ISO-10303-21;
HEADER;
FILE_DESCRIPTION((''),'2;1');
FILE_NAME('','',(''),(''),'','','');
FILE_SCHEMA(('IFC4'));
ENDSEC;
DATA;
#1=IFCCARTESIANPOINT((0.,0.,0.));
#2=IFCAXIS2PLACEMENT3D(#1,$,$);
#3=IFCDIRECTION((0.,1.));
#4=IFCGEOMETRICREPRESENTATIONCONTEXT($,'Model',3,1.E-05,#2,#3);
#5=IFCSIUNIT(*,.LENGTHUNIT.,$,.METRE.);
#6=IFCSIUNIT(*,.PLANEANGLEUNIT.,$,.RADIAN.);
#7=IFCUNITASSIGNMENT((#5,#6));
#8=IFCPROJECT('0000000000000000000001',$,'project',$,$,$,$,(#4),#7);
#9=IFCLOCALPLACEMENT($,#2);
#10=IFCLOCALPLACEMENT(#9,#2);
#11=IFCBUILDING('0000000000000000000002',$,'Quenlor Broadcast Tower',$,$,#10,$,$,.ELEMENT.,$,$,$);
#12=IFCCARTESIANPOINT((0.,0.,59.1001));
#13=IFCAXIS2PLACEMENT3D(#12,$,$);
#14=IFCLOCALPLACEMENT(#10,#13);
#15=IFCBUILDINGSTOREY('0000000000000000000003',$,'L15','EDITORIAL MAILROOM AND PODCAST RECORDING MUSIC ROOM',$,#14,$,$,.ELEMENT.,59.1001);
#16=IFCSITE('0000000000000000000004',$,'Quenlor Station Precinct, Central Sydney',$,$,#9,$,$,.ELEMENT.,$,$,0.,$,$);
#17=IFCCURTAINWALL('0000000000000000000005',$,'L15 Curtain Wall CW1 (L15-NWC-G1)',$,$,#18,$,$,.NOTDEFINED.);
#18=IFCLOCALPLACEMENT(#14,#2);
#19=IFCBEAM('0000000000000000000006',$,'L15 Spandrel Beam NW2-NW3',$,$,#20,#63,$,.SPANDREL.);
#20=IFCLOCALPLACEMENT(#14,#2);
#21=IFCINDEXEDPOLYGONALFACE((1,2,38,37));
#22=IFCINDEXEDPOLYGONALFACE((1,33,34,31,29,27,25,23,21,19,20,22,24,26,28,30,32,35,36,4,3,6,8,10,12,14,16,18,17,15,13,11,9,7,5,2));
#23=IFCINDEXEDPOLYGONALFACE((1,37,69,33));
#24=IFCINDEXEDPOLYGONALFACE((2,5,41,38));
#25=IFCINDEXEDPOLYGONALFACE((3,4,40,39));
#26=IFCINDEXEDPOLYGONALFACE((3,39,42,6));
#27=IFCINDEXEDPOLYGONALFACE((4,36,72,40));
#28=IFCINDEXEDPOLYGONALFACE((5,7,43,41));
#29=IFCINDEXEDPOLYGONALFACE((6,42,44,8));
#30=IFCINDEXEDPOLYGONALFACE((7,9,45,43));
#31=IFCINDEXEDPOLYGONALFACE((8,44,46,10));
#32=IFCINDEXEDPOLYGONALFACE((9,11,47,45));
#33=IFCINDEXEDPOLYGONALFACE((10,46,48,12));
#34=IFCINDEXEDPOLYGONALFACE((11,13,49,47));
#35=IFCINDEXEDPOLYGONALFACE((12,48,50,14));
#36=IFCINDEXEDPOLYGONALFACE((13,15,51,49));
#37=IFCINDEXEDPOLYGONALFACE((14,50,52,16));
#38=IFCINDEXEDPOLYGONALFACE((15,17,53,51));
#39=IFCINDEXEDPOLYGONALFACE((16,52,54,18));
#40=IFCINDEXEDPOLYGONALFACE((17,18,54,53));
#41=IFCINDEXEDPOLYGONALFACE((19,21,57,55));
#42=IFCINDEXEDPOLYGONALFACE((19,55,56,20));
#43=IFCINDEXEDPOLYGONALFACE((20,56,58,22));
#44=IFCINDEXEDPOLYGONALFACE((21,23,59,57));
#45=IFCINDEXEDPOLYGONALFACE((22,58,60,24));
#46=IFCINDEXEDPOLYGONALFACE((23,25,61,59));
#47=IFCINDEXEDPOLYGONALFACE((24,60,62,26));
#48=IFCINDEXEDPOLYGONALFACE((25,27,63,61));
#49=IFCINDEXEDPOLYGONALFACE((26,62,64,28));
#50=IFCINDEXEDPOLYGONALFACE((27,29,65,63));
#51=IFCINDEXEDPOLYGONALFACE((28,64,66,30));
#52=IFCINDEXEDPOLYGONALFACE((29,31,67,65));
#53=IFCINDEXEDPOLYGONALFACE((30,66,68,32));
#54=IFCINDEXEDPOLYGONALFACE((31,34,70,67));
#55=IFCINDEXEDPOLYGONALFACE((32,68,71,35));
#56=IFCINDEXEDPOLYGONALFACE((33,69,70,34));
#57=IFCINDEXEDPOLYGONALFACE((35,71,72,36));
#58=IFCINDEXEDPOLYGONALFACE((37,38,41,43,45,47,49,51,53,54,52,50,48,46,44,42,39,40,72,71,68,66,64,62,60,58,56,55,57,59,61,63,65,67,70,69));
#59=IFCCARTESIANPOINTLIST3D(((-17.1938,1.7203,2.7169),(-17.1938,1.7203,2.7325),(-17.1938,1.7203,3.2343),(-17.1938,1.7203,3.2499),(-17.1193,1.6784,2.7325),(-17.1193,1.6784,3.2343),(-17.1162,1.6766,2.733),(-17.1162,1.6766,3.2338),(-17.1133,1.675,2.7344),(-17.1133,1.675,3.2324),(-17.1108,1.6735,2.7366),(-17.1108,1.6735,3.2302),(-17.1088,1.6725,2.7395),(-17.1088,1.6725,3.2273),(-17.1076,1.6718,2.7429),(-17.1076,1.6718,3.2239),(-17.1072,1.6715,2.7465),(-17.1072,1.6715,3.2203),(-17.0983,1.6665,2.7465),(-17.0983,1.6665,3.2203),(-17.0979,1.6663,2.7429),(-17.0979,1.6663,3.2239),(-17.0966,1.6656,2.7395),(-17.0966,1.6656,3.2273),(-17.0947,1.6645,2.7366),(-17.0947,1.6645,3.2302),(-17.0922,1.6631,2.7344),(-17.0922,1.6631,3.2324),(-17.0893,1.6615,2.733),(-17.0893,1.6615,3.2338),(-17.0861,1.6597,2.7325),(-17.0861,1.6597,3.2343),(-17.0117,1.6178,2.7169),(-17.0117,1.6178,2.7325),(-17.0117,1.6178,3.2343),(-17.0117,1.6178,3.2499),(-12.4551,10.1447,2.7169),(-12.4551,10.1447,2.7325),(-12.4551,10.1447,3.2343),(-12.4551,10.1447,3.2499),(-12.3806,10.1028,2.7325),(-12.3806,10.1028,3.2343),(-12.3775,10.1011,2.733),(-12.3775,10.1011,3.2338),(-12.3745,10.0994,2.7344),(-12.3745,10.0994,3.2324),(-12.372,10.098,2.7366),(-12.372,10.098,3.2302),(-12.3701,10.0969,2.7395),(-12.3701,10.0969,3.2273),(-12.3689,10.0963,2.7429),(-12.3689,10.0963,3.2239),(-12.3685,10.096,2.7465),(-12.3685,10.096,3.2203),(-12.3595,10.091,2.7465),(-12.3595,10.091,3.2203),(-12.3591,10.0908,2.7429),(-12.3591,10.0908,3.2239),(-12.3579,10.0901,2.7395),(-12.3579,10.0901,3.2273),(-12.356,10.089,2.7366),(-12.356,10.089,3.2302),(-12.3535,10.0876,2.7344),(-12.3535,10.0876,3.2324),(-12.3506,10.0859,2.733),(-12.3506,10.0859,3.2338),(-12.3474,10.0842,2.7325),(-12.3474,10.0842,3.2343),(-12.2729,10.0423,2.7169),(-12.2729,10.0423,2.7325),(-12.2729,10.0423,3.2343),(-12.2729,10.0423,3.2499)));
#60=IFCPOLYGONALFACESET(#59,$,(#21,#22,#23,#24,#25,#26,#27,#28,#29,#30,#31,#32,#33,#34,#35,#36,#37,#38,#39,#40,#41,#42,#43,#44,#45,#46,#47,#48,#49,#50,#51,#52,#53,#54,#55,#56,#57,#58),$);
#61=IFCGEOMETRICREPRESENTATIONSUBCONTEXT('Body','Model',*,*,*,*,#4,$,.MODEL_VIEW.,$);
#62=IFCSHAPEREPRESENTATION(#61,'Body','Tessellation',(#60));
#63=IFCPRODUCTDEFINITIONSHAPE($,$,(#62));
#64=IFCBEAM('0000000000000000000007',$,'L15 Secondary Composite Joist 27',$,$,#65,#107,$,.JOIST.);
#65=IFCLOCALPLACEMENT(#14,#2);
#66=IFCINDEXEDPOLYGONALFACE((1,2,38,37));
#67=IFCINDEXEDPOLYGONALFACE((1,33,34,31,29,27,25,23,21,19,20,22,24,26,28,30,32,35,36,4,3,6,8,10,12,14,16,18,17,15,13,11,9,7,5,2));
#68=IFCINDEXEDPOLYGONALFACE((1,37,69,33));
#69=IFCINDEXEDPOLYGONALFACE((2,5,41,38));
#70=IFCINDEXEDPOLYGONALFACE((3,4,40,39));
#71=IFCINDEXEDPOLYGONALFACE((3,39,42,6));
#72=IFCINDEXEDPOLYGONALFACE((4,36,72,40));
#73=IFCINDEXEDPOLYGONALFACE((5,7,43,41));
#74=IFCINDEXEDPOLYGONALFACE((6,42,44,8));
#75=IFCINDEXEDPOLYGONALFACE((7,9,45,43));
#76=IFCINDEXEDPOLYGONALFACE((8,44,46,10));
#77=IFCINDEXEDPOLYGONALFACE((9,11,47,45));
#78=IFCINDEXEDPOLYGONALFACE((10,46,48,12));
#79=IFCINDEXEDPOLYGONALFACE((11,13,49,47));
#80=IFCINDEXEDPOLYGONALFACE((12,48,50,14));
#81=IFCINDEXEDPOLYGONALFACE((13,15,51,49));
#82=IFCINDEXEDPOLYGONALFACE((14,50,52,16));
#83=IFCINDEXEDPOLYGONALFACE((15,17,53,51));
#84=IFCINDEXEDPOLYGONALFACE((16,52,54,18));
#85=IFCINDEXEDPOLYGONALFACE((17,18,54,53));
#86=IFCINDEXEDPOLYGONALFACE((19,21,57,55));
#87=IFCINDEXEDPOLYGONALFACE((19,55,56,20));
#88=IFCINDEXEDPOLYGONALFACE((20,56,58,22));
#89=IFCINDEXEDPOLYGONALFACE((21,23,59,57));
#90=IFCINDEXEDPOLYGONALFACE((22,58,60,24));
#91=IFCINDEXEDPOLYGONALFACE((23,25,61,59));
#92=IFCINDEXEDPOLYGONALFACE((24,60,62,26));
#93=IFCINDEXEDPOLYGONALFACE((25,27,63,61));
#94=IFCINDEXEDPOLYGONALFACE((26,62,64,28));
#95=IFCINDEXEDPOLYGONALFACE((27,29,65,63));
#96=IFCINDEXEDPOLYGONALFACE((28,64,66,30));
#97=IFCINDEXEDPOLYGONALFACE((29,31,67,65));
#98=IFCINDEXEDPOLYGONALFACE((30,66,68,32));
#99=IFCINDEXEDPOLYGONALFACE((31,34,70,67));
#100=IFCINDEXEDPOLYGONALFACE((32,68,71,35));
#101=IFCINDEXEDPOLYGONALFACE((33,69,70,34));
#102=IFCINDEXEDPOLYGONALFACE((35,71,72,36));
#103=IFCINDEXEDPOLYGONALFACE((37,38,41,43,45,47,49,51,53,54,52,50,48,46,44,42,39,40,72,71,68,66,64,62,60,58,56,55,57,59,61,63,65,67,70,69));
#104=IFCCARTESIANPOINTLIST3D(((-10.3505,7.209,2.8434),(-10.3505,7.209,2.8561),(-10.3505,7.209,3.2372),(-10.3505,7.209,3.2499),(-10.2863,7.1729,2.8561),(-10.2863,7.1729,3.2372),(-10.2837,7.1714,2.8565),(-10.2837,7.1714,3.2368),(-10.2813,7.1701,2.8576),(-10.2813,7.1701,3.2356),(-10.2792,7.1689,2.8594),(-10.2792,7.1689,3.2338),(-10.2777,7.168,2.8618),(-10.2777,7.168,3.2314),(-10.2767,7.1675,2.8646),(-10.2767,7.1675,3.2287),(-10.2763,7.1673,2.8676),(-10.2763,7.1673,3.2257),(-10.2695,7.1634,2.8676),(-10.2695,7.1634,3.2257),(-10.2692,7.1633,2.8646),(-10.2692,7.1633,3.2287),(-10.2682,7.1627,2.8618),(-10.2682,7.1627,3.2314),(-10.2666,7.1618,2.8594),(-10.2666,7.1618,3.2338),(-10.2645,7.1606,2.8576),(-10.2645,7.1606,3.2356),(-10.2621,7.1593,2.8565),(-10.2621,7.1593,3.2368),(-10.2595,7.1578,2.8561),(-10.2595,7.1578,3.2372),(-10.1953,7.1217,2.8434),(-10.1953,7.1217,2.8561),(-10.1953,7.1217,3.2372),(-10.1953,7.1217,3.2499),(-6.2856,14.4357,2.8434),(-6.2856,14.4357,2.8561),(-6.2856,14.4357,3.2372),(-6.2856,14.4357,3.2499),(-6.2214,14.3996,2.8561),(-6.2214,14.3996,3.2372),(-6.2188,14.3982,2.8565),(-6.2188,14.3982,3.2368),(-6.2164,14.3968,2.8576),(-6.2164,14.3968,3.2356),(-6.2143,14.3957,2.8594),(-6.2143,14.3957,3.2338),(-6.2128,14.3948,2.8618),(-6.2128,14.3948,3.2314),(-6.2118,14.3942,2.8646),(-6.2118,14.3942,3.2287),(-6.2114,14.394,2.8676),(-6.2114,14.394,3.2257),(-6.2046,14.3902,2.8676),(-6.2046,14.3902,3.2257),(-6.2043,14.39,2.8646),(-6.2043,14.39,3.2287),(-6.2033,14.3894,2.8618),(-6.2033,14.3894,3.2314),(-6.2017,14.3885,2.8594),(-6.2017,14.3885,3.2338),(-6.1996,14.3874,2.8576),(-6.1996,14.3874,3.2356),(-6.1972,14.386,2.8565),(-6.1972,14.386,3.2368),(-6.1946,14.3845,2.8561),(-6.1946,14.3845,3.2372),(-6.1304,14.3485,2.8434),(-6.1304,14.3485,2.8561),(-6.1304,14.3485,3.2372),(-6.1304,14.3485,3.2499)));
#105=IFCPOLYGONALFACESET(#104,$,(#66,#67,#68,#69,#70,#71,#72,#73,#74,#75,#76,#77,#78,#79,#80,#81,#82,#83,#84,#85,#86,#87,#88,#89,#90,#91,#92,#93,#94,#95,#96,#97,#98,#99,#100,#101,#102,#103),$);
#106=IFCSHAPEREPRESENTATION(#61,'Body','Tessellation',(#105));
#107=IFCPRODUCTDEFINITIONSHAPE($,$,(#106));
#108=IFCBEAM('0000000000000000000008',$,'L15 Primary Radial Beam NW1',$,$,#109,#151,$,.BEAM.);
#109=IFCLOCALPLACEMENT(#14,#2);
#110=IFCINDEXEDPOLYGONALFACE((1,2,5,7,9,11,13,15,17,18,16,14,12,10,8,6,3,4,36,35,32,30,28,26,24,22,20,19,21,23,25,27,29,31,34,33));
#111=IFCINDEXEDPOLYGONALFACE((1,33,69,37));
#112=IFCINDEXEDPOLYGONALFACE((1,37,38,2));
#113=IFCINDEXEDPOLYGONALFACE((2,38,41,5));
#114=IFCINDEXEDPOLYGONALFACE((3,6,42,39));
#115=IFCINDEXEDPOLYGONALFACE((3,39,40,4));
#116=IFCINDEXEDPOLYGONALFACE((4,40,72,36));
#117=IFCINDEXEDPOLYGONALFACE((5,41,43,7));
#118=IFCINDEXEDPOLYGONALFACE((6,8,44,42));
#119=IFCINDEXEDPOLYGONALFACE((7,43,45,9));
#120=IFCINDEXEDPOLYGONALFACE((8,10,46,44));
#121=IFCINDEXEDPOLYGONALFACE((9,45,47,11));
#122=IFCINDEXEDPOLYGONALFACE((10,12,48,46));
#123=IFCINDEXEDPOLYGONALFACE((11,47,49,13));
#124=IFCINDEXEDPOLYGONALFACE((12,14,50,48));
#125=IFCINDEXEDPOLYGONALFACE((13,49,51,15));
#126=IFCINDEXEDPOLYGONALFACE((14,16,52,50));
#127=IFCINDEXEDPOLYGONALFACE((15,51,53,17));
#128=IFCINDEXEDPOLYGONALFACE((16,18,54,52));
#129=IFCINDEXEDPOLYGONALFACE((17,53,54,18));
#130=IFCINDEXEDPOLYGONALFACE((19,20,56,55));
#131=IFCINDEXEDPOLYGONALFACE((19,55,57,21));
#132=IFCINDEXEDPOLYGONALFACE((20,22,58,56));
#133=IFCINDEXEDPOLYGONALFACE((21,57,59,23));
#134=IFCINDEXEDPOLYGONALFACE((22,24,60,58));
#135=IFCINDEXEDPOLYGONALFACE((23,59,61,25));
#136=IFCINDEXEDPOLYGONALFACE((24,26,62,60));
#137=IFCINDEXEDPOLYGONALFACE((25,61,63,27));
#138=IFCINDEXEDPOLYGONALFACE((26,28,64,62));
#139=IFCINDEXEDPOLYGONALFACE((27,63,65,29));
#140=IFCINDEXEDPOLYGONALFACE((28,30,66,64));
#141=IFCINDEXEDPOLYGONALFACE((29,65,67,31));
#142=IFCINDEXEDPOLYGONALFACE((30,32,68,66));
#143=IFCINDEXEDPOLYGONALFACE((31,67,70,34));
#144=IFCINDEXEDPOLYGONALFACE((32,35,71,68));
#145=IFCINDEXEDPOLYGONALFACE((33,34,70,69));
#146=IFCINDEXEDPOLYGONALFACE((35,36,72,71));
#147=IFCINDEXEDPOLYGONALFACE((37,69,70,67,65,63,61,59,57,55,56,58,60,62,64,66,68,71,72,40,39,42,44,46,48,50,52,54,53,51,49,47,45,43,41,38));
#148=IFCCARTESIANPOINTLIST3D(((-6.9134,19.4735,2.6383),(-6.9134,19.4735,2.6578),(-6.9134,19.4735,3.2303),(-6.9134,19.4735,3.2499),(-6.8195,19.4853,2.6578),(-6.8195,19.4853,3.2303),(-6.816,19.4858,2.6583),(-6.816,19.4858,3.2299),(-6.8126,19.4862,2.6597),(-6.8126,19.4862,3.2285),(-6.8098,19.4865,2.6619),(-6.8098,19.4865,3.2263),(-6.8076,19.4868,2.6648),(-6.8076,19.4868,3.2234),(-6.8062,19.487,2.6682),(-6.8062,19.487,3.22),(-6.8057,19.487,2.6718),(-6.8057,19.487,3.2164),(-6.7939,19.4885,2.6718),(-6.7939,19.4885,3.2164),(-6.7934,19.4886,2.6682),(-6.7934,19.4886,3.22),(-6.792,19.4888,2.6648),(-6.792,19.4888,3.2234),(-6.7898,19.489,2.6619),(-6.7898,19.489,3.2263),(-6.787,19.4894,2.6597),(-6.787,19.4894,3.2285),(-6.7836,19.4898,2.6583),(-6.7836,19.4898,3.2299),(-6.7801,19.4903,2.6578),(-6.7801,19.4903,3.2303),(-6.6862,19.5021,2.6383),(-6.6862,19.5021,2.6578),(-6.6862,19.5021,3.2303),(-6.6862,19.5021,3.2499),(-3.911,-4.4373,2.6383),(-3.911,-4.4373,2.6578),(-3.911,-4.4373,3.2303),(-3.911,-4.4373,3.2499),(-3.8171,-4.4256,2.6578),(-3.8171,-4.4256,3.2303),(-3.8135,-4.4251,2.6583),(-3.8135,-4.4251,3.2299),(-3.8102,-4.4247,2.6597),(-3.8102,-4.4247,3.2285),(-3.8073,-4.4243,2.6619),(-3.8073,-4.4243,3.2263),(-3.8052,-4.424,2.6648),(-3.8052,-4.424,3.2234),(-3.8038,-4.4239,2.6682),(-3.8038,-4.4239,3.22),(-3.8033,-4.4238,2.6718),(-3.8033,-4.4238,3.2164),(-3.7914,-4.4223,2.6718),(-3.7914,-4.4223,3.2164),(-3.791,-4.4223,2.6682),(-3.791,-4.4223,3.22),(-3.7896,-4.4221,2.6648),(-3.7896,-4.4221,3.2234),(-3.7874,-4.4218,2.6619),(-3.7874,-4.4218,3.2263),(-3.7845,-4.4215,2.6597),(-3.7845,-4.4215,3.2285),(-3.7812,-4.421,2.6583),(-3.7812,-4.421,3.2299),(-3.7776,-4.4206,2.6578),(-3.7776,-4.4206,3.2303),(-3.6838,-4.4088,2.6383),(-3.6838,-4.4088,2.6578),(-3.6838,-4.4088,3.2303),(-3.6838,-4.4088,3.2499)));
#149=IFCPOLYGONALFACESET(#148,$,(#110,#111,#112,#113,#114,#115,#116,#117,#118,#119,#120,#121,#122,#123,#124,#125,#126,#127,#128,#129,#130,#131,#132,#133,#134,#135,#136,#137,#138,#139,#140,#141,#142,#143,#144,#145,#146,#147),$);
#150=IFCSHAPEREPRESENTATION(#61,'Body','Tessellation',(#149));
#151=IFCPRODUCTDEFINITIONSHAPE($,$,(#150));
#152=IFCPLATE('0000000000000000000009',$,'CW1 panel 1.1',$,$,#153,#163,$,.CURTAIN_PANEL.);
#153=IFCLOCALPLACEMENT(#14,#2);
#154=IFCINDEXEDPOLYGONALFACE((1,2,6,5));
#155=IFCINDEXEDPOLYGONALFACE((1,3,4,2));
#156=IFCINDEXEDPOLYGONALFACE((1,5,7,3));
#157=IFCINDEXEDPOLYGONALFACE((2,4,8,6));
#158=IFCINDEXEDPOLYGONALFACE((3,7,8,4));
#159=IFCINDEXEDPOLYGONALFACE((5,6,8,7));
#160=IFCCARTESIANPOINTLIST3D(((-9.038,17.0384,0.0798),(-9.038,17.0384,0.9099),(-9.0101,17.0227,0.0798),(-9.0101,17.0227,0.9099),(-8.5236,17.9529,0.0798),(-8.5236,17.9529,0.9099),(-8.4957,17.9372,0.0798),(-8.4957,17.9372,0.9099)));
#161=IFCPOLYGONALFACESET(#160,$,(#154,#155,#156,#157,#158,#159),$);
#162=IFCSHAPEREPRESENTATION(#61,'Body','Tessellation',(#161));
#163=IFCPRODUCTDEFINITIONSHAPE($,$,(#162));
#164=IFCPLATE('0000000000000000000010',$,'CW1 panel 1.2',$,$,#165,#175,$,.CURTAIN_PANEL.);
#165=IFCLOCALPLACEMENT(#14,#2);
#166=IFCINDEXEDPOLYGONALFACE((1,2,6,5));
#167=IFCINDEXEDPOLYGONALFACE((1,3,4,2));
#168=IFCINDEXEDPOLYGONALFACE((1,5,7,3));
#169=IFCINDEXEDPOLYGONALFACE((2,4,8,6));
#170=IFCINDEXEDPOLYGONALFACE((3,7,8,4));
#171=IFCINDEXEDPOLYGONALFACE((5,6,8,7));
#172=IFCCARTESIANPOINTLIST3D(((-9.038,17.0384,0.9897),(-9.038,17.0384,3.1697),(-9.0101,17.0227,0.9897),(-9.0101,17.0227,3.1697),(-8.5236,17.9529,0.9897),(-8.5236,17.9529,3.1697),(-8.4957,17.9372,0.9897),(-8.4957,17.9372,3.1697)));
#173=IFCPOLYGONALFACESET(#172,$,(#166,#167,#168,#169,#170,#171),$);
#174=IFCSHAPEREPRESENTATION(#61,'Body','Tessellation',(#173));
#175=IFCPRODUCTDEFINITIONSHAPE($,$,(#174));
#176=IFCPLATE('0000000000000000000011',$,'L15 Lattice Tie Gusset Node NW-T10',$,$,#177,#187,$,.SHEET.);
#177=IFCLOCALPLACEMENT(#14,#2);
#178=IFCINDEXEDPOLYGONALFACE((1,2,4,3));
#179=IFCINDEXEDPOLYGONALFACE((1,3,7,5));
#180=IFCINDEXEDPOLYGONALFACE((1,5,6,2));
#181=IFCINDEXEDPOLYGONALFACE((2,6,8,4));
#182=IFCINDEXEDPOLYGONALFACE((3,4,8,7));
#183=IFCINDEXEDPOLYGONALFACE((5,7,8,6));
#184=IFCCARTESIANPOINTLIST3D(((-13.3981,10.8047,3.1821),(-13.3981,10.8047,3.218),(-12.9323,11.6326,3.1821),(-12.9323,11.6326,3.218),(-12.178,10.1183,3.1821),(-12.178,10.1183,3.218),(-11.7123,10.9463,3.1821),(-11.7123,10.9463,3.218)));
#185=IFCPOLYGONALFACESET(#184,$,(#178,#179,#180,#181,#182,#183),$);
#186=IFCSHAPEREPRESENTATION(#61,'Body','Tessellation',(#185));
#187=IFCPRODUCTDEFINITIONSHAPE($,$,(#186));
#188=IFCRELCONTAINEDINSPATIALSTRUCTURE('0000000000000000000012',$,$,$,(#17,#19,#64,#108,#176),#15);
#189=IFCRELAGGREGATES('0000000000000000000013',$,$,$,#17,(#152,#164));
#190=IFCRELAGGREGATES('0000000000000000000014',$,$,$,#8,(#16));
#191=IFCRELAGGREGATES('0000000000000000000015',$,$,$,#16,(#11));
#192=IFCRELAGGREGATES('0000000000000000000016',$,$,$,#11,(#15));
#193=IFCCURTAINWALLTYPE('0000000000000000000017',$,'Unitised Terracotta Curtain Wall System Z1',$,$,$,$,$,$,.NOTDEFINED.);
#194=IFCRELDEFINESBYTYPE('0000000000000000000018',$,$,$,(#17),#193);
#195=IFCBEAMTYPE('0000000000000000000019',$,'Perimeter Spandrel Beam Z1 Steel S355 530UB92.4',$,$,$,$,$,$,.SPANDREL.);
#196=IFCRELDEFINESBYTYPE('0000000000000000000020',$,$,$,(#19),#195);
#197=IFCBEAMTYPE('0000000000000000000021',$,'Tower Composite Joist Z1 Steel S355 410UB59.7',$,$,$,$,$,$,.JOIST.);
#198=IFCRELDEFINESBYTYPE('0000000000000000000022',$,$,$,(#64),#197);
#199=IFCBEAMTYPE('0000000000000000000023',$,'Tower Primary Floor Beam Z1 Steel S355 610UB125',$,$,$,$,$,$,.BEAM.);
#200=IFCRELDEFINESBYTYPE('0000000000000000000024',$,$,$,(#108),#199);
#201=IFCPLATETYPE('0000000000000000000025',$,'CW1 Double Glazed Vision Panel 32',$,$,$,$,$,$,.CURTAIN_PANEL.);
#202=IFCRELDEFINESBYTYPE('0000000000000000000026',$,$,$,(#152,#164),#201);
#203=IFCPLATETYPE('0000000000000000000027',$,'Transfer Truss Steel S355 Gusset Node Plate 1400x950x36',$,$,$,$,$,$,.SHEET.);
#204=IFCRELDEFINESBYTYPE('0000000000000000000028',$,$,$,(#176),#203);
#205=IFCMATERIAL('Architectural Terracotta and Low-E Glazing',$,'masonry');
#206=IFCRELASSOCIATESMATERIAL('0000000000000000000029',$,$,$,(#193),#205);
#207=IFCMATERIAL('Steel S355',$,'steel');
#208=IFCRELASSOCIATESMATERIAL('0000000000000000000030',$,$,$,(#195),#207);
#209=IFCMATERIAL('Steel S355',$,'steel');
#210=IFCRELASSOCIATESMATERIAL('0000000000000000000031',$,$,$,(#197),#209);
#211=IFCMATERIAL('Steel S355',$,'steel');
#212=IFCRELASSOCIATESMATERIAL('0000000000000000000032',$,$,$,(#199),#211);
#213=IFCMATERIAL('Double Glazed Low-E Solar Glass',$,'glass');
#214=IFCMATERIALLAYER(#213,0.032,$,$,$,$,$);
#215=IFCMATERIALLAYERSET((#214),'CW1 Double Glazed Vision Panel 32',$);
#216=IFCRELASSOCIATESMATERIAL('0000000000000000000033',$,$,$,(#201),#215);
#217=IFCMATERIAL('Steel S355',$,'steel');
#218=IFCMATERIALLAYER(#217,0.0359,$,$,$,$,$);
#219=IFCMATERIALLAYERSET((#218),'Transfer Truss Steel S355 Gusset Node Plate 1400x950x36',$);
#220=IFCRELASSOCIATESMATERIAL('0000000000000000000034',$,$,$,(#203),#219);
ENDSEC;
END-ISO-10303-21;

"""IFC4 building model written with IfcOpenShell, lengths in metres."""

from ifc_helpers import new_model, si_unit, direction, frame, origin, origin_2d, place, context, subcontext, project, spatial, rectangle, i_section, extrude, material, layer, layer_set, material_profile, profile_set, type_object, element, aggregate, save


model = new_model("IFC4")

# Units and contexts
model_context = context("Model", 3, precision=1e-05, world=origin(), true_north=direction((0.0, 1.0)))
body_context = subcontext(model_context, "Body", "Model", "MODEL_VIEW")
ifc_project = project(units=[si_unit("LENGTHUNIT", "METRE"), si_unit("PLANEANGLEUNIT", "RADIAN")], contexts=[model_context])

# Site, building, storey
site_placement = place(None, origin())
site = spatial("IfcSite", under=ifc_project, at=site_placement, Name="Quenlor Station Precinct, Central Sydney", CompositionType="ELEMENT", RefElevation=0.0)
building_placement = place(site_placement, origin())
building = spatial("IfcBuilding", under=site, at=building_placement, Name="Quenlor Broadcast Tower", CompositionType="ELEMENT")
storey_placement = place(building_placement, frame((0.0, 0.0, 59.1001)))
storey = spatial("IfcBuildingStorey", under=building, at=storey_placement, Name="L15", Description="EDITORIAL MAILROOM AND PODCAST RECORDING MUSIC ROOM", CompositionType="ELEMENT", Elevation=59.1001)

# Curtain wall
ifc_material_1 = material(Name="Architectural Terracotta and Low-E Glazing", Category="masonry")
curtain_wall_type = type_object("IfcCurtainWallType", Name="Unitised Terracotta Curtain Wall System Z1", PredefinedType="NOTDEFINED", material=ifc_material_1)
curtain_wall_placement = place(storey_placement, origin())
curtain_wall = element("IfcCurtainWall", 1, at=curtain_wall_placement, inside=storey, type_object=curtain_wall_type, Name="L15 Curtain Wall CW1 (L15-NWC-G1)", PredefinedType="NOTDEFINED")

# Beams
ifc_material_2 = material(Name="Steel S355", Category="steel")
ifc_material_profile_1 = material_profile(ifc_material_2, i_section(OverallWidth=0.209, OverallDepth=0.533, WebThickness=0.0103, FlangeThickness=0.0156, FilletRadius=0.0139, at=origin_2d()))
ifc_profile_set_1 = profile_set([ifc_material_profile_1], Name="Steel S355 530UB92.4")
beam_type_1 = type_object("IfcBeamType", Name="Perimeter Spandrel Beam Z1 Steel S355 530UB92.4", PredefinedType="SPANDREL", material=ifc_profile_set_1)
beam_1_placement = place(storey_placement, frame((-12.364, 10.0935, 2.9834), z_axis=(-0.490258, -0.871578, 0.0), x_axis=(0.871578, -0.490258, 0.0)))
element("IfcBeam", 2, at=beam_1_placement, inside=storey, type_object=beam_type_1, Name="L15 Spandrel Beam NW2-NW3", PredefinedType="SPANDREL", context=body_context, shape_type="SweptSolid", body=[
    extrude(i_section(OverallWidth=0.209, OverallDepth=0.533, WebThickness=0.0103, FlangeThickness=0.0156, FilletRadius=0.0139, at=origin_2d()), origin(), (0.0, 0.0, 1.0), 9.6658),
])
ifc_material_3 = material(Name="Steel S355", Category="steel")
ifc_material_profile_2 = material_profile(ifc_material_3, i_section(OverallWidth=0.178, OverallDepth=0.4065, WebThickness=0.0078, FlangeThickness=0.0127, FilletRadius=0.0115, at=origin_2d()))
ifc_profile_set_2 = profile_set([ifc_material_profile_2], Name="Steel S355 410UB59.7")
beam_type_2 = type_object("IfcBeamType", Name="Tower Composite Joist Z1 Steel S355 410UB59.7", PredefinedType="JOIST", material=ifc_profile_set_2)
beam_2_placement = place(storey_placement, frame((-6.208, 14.3921, 3.0466), z_axis=(-0.490249, -0.871583, 0.0), x_axis=(0.871583, -0.490249, 0.0)))
element("IfcBeam", 3, at=beam_2_placement, inside=storey, type_object=beam_type_2, Name="L15 Secondary Composite Joist 27", PredefinedType="JOIST", context=body_context, shape_type="SweptSolid", body=[
    extrude(i_section(OverallWidth=0.178, OverallDepth=0.4065, WebThickness=0.0078, FlangeThickness=0.0127, FilletRadius=0.0115, at=origin_2d()), origin(), (0.0, 0.0, 1.0), 8.2915),
])
ifc_material_4 = material(Name="Steel S355", Category="steel")
ifc_material_profile_3 = material_profile(ifc_material_4, i_section(OverallWidth=0.229, OverallDepth=0.6116, WebThickness=0.012, FlangeThickness=0.0195, FilletRadius=0.0139, at=origin_2d()))
ifc_profile_set_3 = profile_set([ifc_material_profile_3], Name="Steel S355 610UB125")
beam_type_3 = type_object("IfcBeamType", Name="Tower Primary Floor Beam Z1 Steel S355 610UB125", PredefinedType="BEAM", material=ifc_profile_set_3)
beam_3_placement = place(storey_placement, frame((-6.7998, 19.4878, 2.9441), z_axis=(0.12459, -0.992208, 0.0), x_axis=(0.992208, 0.12459, 0.0)))
element("IfcBeam", 4, at=beam_3_placement, inside=storey, type_object=beam_type_3, Name="L15 Primary Radial Beam NW1", PredefinedType="BEAM", context=body_context, shape_type="SweptSolid", body=[
    extrude(i_section(OverallWidth=0.229, OverallDepth=0.6116, WebThickness=0.012, FlangeThickness=0.0195, FilletRadius=0.0139, at=origin_2d()), origin(), (0.0, 0.0, 1.0), 24.0986),
])

# Plates
ifc_material_5 = material(Name="Double Glazed Low-E Solar Glass", Category="glass")
ifc_layer_1 = layer(ifc_material_5, 0.032)
ifc_layer_set_1 = layer_set([ifc_layer_1], Name="CW1 Double Glazed Vision Panel 32")
plate_type_1 = type_object("IfcPlateType", Name="CW1 Double Glazed Vision Panel 32", PredefinedType="CURTAIN_PANEL", material=ifc_layer_set_1)
plate_1_placement = place(storey_placement, frame((-8.7668, 17.4878, 0.0798), z_axis=(0.0, 0.0, 1.0), x_axis=(0.490277, 0.871567, 0.0)))
plate_1 = element("IfcPlate", 5, at=plate_1_placement, type_object=plate_type_1, Name="CW1 panel 1.1", PredefinedType="CURTAIN_PANEL", context=body_context, shape_type="SweptSolid", body=[
    extrude(rectangle(XDim=1.0493, YDim=0.032, at=origin_2d()), origin(), (0.0, 0.0, 1.0), 0.8301),
])
plate_2_placement = place(storey_placement, frame((-8.7668, 17.4878, 0.9897), z_axis=(0.0, 0.0, 1.0), x_axis=(0.490277, 0.871567, 0.0)))
plate_2 = element("IfcPlate", 6, at=plate_2_placement, type_object=plate_type_1, Name="CW1 panel 1.2", PredefinedType="CURTAIN_PANEL", context=body_context, shape_type="SweptSolid", body=[
    extrude(rectangle(XDim=1.0493, YDim=0.032, at=origin_2d()), origin(), (0.0, 0.0, 1.0), 2.1799),
])
aggregate(curtain_wall, [plate_1, plate_2])

# Plate
ifc_material_6 = material(Name="Steel S355", Category="steel")
ifc_layer_2 = layer(ifc_material_6, 0.0359)
ifc_layer_set_2 = layer_set([ifc_layer_2], Name="Transfer Truss Steel S355 Gusset Node Plate 1400x950x36")
plate_type_2 = type_object("IfcPlateType", Name="Transfer Truss Steel S355 Gusset Node Plate 1400x950x36", PredefinedType="SHEET", material=ifc_layer_set_2)
for number, where, z_axis, x_axis, name in (
    (7, (-12.5552, 10.8755, 3.1821), (0.0, 0.0, 1.0), (-0.871556, 0.490295, 0.0), "L15 Lattice Tie Gusset Node NW-T10"),
):
    element("IfcPlate", number, at=place(storey_placement, frame(where, z_axis=z_axis, x_axis=x_axis)), inside=storey, type_object=plate_type_2, Name=name, PredefinedType="SHEET", context=body_context, shape_type="SweptSolid", body=[
        extrude(rectangle(XDim=1.3999, YDim=0.95, at=origin_2d()), origin(), (0.0, 0.0, 1.0), 0.0359),
    ])

save(model, "model.ifc")
